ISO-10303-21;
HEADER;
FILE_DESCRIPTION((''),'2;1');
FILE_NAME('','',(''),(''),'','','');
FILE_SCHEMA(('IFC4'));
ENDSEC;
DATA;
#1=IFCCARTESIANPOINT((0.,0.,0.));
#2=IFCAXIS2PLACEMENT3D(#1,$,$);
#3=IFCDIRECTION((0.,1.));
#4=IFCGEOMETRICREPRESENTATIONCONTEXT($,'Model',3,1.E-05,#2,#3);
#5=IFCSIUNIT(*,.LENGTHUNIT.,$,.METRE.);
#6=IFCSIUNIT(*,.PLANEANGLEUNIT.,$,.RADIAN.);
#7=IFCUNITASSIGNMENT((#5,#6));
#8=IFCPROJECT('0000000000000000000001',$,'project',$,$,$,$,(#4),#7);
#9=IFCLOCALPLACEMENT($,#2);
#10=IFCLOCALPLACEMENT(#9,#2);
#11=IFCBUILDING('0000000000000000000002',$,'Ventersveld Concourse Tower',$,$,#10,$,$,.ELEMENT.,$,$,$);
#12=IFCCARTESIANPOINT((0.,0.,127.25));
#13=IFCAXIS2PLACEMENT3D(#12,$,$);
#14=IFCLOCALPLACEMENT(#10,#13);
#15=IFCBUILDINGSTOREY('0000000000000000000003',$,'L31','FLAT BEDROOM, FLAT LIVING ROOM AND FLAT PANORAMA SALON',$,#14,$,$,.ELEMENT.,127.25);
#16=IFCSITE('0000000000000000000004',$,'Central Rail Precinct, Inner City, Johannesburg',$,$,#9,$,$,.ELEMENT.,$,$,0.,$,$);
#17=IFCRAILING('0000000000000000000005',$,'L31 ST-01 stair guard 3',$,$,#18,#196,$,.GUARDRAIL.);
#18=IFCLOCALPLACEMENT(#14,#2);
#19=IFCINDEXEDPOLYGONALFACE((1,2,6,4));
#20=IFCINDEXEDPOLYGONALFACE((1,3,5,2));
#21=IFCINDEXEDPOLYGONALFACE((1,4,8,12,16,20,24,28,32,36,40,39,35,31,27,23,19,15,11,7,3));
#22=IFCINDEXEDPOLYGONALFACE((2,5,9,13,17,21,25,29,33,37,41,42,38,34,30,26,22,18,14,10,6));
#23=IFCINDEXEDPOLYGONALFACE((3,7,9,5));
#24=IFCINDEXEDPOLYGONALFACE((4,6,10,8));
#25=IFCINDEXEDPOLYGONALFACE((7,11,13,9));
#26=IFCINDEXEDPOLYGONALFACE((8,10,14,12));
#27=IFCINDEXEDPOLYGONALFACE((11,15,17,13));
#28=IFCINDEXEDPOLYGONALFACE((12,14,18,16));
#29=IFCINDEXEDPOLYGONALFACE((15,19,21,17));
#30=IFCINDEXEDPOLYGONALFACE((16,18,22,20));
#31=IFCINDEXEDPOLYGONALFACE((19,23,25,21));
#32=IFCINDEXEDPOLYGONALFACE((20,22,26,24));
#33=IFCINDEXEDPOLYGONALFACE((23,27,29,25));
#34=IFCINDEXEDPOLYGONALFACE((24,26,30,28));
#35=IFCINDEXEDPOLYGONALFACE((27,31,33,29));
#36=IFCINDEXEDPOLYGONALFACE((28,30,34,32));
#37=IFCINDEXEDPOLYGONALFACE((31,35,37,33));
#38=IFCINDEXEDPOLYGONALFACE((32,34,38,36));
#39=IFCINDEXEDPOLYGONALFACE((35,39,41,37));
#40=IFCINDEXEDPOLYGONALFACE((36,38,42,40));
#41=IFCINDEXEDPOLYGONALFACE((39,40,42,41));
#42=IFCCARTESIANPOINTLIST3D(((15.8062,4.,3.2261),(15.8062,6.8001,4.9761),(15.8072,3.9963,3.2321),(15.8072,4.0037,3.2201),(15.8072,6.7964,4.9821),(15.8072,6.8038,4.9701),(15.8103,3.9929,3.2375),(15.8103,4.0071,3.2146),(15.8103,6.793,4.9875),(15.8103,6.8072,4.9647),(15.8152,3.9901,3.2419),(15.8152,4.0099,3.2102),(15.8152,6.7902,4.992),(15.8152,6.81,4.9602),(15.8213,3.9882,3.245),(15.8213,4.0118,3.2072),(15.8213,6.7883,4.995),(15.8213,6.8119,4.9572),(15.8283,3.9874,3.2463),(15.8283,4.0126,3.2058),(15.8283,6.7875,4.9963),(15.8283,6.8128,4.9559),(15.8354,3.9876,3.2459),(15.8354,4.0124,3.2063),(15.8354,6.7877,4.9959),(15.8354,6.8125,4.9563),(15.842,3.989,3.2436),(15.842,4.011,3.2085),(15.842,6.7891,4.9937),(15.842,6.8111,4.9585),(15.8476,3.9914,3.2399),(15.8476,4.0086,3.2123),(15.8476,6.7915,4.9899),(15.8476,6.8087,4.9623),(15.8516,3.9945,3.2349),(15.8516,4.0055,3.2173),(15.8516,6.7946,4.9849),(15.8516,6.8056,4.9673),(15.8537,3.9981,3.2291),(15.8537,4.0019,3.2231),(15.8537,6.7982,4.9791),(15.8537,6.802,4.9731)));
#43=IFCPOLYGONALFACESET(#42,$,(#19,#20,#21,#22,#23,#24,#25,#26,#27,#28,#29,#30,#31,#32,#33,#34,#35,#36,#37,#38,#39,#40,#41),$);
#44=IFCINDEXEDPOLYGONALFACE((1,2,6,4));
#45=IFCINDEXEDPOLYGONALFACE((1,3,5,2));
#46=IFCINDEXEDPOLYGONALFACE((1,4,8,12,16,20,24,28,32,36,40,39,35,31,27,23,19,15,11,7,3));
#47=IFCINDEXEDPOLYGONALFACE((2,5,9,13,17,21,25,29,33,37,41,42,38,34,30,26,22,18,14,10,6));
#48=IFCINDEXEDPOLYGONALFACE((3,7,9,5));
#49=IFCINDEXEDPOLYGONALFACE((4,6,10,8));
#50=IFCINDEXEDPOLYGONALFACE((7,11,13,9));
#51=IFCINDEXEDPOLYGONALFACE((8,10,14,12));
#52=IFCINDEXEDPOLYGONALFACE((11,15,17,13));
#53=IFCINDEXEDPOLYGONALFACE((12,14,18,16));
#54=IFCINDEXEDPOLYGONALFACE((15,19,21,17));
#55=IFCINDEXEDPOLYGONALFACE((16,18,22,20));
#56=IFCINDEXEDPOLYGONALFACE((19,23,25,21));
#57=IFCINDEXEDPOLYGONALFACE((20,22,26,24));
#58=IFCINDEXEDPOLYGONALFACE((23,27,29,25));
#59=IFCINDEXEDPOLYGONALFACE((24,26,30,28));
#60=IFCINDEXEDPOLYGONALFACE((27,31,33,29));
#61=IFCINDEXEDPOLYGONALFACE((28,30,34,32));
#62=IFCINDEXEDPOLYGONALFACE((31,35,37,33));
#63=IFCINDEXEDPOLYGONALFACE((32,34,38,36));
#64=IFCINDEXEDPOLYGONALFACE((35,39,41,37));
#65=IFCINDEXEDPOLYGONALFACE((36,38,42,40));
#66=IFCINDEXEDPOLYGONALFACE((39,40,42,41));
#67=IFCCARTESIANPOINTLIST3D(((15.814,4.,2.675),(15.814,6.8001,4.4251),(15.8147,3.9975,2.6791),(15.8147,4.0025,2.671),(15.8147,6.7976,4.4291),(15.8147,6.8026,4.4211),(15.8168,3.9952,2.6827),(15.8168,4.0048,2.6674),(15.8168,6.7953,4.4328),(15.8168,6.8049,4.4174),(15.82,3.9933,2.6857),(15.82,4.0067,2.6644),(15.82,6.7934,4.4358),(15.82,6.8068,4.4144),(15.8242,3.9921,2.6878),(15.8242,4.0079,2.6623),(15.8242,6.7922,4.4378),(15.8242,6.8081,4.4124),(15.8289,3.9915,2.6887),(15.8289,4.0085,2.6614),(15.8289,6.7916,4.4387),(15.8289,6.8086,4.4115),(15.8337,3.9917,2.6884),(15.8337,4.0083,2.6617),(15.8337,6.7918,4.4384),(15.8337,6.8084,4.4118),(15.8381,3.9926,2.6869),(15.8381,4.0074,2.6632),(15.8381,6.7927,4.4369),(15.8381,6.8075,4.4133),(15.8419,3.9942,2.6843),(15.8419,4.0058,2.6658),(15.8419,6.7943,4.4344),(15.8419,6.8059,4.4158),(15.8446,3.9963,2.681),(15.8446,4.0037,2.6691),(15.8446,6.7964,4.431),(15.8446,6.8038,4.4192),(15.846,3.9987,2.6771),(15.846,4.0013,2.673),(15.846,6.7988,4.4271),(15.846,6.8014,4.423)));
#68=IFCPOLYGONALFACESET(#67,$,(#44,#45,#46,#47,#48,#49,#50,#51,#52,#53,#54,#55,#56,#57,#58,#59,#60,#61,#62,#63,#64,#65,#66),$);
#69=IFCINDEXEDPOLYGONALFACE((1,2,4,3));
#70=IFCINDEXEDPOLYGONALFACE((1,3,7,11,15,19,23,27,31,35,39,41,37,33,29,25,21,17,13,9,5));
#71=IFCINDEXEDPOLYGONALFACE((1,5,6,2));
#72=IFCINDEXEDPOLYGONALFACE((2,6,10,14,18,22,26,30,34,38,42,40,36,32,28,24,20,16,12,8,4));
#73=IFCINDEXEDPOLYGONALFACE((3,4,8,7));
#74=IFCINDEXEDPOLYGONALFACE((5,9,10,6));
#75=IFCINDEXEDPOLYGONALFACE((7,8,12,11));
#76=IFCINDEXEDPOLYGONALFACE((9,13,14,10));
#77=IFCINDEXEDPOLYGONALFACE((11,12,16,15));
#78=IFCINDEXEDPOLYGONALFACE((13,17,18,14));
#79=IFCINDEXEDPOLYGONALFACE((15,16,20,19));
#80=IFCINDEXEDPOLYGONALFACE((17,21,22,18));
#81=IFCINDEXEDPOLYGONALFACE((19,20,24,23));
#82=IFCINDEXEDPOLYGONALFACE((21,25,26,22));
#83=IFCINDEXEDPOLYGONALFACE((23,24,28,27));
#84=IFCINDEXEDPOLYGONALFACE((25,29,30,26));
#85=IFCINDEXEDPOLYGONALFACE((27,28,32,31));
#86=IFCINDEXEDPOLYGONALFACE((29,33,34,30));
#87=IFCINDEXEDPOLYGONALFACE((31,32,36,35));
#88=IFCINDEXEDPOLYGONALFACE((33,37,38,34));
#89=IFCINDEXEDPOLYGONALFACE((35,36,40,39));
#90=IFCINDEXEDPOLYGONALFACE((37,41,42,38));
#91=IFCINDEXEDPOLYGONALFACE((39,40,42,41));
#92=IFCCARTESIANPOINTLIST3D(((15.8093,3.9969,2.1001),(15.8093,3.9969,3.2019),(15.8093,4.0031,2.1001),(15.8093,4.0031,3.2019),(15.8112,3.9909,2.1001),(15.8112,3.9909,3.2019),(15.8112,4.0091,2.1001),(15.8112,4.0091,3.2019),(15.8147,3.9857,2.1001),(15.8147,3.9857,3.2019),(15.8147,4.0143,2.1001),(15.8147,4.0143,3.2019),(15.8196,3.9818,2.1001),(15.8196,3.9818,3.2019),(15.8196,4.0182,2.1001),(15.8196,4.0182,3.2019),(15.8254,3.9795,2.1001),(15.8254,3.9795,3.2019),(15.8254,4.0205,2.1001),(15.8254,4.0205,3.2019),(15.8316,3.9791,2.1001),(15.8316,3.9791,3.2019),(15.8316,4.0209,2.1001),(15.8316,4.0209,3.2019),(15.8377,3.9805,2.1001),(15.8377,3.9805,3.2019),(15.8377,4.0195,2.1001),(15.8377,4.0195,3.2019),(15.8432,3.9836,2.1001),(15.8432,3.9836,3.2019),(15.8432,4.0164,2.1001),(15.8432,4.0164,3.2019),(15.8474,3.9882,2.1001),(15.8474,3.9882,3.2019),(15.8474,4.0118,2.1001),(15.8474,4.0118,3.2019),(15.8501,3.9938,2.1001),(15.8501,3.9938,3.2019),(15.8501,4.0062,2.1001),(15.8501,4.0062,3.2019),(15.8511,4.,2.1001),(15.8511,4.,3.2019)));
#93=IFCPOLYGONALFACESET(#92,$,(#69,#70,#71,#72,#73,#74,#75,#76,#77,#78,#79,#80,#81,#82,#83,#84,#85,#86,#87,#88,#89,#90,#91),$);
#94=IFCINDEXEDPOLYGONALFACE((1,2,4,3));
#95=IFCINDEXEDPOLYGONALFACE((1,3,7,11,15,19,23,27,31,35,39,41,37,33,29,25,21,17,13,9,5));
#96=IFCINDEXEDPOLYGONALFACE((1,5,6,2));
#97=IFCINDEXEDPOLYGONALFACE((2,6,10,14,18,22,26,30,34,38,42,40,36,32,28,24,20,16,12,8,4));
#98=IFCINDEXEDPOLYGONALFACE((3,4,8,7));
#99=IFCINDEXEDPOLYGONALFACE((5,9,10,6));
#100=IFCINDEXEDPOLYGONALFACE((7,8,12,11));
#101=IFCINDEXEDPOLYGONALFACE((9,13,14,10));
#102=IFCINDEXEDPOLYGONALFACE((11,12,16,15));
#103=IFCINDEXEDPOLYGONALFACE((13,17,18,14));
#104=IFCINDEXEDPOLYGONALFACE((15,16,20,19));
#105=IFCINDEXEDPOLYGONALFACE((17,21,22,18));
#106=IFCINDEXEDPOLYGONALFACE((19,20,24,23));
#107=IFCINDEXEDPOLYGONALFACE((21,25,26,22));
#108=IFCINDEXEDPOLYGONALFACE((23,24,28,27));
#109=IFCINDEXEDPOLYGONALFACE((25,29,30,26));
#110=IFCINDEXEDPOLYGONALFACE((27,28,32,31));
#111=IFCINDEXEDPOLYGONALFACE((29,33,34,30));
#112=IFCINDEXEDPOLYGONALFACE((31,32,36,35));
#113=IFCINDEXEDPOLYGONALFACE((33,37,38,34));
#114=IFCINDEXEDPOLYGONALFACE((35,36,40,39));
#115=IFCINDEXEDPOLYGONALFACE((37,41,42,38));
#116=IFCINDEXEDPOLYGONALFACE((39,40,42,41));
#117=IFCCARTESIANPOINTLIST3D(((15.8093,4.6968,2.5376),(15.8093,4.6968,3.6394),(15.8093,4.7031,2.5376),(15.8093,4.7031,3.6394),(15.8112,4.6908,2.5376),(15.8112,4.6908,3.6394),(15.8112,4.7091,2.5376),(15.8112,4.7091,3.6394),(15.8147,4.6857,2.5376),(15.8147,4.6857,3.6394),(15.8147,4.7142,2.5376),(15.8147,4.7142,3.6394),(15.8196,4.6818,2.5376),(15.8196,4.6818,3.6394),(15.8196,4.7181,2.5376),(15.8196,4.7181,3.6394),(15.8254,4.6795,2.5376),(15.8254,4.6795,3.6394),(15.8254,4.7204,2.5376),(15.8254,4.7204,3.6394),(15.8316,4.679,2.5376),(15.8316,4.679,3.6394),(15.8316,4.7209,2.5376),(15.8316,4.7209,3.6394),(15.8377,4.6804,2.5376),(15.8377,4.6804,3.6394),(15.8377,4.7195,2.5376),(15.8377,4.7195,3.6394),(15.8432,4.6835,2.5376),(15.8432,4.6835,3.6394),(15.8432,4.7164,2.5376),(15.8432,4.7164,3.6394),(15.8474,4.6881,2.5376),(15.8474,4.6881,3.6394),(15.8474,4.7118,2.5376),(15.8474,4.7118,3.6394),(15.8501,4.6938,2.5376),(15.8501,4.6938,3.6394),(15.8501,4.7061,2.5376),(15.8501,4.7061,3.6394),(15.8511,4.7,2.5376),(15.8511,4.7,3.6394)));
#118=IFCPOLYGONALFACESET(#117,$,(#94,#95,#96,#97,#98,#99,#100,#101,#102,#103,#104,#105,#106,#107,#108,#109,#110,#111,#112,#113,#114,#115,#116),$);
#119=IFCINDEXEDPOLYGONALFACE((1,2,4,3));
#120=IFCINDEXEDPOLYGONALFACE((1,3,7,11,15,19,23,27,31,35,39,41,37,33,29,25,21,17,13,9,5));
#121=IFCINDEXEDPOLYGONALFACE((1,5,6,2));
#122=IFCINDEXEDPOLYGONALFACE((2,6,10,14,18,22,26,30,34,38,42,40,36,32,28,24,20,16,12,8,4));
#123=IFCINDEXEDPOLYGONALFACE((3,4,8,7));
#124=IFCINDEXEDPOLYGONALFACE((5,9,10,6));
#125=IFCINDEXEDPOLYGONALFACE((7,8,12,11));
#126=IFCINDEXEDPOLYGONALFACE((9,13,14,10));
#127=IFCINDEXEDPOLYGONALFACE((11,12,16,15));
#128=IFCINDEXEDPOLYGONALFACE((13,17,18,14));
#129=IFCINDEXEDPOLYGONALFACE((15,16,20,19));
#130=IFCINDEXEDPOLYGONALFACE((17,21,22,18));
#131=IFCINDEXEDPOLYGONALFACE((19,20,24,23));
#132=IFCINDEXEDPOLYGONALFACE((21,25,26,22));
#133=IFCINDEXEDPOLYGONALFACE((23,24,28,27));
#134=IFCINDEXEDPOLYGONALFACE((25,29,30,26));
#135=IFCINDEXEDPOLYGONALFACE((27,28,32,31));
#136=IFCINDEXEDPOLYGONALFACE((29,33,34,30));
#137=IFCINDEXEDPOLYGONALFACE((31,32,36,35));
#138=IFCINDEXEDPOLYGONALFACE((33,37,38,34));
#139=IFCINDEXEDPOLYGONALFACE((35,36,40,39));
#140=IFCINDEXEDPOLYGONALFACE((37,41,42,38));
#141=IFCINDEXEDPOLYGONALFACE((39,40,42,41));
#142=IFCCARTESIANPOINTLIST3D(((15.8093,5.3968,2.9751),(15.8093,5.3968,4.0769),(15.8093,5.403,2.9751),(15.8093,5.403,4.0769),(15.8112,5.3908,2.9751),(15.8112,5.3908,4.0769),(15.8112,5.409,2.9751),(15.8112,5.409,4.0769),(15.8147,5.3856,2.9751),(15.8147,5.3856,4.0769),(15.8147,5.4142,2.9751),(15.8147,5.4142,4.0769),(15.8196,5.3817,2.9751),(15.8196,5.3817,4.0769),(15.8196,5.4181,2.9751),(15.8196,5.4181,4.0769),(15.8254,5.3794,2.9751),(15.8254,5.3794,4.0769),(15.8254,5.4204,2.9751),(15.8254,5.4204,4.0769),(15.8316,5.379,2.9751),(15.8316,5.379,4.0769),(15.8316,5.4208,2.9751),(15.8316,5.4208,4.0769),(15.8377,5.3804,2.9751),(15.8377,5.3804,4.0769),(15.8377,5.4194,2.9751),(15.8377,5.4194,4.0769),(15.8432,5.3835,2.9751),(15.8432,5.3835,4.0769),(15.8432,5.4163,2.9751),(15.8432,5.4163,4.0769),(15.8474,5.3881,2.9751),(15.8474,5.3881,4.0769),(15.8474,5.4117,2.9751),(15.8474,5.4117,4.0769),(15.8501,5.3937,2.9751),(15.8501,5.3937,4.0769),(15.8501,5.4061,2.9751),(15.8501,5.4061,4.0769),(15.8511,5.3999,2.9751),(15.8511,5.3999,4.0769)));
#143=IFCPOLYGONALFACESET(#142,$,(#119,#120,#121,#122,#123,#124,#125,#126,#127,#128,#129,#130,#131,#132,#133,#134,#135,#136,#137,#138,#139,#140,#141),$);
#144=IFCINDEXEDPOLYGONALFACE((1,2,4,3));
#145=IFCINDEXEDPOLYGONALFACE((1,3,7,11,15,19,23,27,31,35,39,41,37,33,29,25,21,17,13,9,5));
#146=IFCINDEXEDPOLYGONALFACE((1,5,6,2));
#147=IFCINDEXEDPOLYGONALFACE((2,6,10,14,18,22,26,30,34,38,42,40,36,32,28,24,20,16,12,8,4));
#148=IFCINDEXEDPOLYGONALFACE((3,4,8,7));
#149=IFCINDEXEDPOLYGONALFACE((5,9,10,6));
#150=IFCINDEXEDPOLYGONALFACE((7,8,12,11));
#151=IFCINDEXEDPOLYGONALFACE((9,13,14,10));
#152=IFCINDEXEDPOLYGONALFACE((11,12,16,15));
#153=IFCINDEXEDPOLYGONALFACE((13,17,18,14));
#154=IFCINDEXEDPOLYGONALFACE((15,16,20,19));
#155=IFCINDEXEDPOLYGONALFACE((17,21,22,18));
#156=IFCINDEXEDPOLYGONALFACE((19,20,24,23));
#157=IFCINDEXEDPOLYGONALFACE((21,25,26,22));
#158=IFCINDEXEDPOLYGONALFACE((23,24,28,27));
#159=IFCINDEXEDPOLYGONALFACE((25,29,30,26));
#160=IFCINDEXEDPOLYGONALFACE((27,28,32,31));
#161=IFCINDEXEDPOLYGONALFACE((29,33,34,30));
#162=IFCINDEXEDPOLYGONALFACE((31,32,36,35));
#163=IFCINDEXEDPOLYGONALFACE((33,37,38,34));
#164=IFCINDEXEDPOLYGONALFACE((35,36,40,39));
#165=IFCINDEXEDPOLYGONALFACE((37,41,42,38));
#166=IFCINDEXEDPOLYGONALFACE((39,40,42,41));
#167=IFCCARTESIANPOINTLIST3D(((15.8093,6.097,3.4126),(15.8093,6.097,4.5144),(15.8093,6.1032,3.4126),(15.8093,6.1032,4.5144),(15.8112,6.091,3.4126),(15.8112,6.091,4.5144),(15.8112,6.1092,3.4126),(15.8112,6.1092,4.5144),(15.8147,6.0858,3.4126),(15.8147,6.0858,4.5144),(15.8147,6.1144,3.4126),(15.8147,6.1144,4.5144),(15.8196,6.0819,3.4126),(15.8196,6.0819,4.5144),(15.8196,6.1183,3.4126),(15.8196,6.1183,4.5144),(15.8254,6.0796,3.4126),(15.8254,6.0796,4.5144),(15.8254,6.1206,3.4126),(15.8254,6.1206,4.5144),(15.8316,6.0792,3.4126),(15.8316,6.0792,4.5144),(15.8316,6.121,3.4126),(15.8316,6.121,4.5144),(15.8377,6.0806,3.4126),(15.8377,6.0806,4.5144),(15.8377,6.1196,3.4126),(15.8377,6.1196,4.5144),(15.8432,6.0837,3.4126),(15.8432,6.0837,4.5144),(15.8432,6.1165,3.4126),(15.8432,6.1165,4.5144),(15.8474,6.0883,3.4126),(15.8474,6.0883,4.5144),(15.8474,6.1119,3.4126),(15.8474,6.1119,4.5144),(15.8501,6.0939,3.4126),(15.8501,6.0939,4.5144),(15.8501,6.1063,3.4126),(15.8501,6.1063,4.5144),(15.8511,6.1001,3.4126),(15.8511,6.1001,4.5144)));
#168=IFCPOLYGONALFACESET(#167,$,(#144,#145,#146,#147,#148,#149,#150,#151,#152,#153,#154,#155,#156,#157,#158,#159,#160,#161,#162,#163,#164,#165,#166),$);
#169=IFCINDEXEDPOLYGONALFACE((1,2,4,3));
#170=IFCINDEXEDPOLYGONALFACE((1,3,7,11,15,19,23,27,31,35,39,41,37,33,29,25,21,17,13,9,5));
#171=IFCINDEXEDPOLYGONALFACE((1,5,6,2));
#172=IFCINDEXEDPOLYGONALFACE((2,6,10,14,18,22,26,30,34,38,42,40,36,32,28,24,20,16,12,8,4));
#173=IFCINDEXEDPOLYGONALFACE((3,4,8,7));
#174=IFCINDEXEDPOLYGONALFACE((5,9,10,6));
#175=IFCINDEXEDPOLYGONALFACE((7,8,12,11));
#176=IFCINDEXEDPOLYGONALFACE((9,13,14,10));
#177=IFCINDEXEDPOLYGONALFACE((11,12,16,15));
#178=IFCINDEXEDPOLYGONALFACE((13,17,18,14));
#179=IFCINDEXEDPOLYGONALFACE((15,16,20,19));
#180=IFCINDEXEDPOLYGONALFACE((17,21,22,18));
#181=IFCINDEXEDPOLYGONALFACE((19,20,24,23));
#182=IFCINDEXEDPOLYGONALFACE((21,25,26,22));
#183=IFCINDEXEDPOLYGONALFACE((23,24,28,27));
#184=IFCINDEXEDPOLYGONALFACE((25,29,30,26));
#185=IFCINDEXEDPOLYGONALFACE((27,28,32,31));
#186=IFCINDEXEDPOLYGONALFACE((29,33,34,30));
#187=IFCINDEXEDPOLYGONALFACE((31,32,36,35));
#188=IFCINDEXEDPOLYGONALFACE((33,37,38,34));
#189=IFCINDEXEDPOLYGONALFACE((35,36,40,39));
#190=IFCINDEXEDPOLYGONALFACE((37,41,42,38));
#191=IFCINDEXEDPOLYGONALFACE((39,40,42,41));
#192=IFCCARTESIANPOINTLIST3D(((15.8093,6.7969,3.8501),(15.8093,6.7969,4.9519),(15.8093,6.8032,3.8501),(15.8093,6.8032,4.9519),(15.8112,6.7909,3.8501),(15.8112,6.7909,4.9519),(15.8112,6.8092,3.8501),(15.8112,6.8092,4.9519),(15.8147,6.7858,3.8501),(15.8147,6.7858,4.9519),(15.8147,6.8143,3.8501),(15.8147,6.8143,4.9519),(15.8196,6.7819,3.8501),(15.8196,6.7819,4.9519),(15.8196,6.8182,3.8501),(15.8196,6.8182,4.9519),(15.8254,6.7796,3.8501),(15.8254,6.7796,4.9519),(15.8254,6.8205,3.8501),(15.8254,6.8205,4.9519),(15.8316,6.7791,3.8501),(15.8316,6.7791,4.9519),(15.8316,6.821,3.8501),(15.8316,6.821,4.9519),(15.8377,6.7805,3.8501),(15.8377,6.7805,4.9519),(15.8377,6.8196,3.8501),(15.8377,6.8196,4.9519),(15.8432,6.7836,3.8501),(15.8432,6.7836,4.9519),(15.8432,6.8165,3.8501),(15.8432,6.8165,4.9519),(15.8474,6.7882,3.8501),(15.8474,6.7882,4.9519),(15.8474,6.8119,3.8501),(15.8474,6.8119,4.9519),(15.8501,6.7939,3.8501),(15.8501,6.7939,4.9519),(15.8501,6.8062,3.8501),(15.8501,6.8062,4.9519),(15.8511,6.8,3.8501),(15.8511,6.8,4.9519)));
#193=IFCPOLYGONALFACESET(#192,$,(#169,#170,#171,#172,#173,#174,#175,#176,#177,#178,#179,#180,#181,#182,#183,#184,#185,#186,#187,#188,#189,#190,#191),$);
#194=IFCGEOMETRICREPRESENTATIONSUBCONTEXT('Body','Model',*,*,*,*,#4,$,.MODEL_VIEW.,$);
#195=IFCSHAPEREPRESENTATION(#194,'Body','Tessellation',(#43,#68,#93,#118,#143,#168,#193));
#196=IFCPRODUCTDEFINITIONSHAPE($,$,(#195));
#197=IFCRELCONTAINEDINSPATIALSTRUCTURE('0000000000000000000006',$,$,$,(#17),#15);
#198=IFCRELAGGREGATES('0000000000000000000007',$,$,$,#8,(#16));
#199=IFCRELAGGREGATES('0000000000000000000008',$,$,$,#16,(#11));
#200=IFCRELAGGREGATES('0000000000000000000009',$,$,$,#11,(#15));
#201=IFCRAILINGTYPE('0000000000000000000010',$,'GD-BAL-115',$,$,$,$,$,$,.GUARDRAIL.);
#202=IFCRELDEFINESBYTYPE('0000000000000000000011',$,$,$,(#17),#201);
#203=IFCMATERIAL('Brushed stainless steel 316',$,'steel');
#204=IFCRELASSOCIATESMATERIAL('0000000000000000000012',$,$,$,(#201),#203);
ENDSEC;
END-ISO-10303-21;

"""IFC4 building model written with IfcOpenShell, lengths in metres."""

from ifc_helpers import new_model, si_unit, direction, frame, origin, origin_2d, place, context, subcontext, project, spatial, circle, extrude, material, type_object, element, save


model = new_model("IFC4")

# Units and contexts
model_context = context("Model", 3, precision=1e-05, world=origin(), true_north=direction((0.0, 1.0)))
body_context = subcontext(model_context, "Body", "Model", "MODEL_VIEW")
ifc_project = project(units=[si_unit("LENGTHUNIT", "METRE"), si_unit("PLANEANGLEUNIT", "RADIAN")], contexts=[model_context])

# Site, building, storey
site_placement = place(None, origin())
site = spatial("IfcSite", under=ifc_project, at=site_placement, Name="Central Rail Precinct, Inner City, Johannesburg", CompositionType="ELEMENT", RefElevation=0.0)
building_placement = place(site_placement, origin())
building = spatial("IfcBuilding", under=site, at=building_placement, Name="Ventersveld Concourse Tower", CompositionType="ELEMENT")
storey_placement = place(building_placement, frame((0.0, 0.0, 127.25)))
storey = spatial("IfcBuildingStorey", under=building, at=storey_placement, Name="L31", Description="FLAT BEDROOM, FLAT LIVING ROOM AND FLAT PANORAMA SALON", CompositionType="ELEMENT", Elevation=127.25)

# Railing
ifc_material_1 = material(Name="Brushed stainless steel 316", Category="steel")
railing_type_1 = type_object("IfcRailingType", Name="GD-BAL-115", PredefinedType="GUARDRAIL", material=ifc_material_1)
railing_1_placement = place(storey_placement, frame((15.8301, 4.0, 2.1001)))
element("IfcRailing", 1, at=railing_1_placement, inside=storey, type_object=railing_type_1, Name="L31 ST-01 stair guard 3", PredefinedType="GUARDRAIL", context=body_context, shape_type="SweptSolid", body=[
    extrude(circle(Radius=0.0239, at=origin_2d()), frame((0.0, 0.0, 1.126), z_axis=(0.0, 0.848002, 0.529992), x_axis=(-1.0, 0.0, 0.0)), (0.0, 0.0, 1.0), 3.302),
    extrude(circle(Radius=0.0161, at=origin_2d()), frame((0.0, 0.0, 0.575), z_axis=(0.0, 0.848002, 0.529992), x_axis=(-1.0, 0.0, 0.0)), (0.0, 0.0, 1.0), 3.302),
    extrude(circle(Radius=0.021, at=origin_2d()), origin(), (0.0, 0.0, 1.0), 1.1018),
    extrude(circle(Radius=0.021, at=origin_2d()), frame((0.0, 0.7, 0.4375)), (0.0, 0.0, 1.0), 1.1018),
    extrude(circle(Radius=0.021, at=origin_2d()), frame((0.0, 1.3999, 0.875)), (0.0, 0.0, 1.0), 1.1018),
    extrude(circle(Radius=0.021, at=origin_2d()), frame((0.0, 2.1001, 1.3125)), (0.0, 0.0, 1.0), 1.1018),
    extrude(circle(Radius=0.021, at=origin_2d()), frame((0.0, 2.8, 1.75)), (0.0, 0.0, 1.0), 1.1018),
])

save(model, "model.ifc")
